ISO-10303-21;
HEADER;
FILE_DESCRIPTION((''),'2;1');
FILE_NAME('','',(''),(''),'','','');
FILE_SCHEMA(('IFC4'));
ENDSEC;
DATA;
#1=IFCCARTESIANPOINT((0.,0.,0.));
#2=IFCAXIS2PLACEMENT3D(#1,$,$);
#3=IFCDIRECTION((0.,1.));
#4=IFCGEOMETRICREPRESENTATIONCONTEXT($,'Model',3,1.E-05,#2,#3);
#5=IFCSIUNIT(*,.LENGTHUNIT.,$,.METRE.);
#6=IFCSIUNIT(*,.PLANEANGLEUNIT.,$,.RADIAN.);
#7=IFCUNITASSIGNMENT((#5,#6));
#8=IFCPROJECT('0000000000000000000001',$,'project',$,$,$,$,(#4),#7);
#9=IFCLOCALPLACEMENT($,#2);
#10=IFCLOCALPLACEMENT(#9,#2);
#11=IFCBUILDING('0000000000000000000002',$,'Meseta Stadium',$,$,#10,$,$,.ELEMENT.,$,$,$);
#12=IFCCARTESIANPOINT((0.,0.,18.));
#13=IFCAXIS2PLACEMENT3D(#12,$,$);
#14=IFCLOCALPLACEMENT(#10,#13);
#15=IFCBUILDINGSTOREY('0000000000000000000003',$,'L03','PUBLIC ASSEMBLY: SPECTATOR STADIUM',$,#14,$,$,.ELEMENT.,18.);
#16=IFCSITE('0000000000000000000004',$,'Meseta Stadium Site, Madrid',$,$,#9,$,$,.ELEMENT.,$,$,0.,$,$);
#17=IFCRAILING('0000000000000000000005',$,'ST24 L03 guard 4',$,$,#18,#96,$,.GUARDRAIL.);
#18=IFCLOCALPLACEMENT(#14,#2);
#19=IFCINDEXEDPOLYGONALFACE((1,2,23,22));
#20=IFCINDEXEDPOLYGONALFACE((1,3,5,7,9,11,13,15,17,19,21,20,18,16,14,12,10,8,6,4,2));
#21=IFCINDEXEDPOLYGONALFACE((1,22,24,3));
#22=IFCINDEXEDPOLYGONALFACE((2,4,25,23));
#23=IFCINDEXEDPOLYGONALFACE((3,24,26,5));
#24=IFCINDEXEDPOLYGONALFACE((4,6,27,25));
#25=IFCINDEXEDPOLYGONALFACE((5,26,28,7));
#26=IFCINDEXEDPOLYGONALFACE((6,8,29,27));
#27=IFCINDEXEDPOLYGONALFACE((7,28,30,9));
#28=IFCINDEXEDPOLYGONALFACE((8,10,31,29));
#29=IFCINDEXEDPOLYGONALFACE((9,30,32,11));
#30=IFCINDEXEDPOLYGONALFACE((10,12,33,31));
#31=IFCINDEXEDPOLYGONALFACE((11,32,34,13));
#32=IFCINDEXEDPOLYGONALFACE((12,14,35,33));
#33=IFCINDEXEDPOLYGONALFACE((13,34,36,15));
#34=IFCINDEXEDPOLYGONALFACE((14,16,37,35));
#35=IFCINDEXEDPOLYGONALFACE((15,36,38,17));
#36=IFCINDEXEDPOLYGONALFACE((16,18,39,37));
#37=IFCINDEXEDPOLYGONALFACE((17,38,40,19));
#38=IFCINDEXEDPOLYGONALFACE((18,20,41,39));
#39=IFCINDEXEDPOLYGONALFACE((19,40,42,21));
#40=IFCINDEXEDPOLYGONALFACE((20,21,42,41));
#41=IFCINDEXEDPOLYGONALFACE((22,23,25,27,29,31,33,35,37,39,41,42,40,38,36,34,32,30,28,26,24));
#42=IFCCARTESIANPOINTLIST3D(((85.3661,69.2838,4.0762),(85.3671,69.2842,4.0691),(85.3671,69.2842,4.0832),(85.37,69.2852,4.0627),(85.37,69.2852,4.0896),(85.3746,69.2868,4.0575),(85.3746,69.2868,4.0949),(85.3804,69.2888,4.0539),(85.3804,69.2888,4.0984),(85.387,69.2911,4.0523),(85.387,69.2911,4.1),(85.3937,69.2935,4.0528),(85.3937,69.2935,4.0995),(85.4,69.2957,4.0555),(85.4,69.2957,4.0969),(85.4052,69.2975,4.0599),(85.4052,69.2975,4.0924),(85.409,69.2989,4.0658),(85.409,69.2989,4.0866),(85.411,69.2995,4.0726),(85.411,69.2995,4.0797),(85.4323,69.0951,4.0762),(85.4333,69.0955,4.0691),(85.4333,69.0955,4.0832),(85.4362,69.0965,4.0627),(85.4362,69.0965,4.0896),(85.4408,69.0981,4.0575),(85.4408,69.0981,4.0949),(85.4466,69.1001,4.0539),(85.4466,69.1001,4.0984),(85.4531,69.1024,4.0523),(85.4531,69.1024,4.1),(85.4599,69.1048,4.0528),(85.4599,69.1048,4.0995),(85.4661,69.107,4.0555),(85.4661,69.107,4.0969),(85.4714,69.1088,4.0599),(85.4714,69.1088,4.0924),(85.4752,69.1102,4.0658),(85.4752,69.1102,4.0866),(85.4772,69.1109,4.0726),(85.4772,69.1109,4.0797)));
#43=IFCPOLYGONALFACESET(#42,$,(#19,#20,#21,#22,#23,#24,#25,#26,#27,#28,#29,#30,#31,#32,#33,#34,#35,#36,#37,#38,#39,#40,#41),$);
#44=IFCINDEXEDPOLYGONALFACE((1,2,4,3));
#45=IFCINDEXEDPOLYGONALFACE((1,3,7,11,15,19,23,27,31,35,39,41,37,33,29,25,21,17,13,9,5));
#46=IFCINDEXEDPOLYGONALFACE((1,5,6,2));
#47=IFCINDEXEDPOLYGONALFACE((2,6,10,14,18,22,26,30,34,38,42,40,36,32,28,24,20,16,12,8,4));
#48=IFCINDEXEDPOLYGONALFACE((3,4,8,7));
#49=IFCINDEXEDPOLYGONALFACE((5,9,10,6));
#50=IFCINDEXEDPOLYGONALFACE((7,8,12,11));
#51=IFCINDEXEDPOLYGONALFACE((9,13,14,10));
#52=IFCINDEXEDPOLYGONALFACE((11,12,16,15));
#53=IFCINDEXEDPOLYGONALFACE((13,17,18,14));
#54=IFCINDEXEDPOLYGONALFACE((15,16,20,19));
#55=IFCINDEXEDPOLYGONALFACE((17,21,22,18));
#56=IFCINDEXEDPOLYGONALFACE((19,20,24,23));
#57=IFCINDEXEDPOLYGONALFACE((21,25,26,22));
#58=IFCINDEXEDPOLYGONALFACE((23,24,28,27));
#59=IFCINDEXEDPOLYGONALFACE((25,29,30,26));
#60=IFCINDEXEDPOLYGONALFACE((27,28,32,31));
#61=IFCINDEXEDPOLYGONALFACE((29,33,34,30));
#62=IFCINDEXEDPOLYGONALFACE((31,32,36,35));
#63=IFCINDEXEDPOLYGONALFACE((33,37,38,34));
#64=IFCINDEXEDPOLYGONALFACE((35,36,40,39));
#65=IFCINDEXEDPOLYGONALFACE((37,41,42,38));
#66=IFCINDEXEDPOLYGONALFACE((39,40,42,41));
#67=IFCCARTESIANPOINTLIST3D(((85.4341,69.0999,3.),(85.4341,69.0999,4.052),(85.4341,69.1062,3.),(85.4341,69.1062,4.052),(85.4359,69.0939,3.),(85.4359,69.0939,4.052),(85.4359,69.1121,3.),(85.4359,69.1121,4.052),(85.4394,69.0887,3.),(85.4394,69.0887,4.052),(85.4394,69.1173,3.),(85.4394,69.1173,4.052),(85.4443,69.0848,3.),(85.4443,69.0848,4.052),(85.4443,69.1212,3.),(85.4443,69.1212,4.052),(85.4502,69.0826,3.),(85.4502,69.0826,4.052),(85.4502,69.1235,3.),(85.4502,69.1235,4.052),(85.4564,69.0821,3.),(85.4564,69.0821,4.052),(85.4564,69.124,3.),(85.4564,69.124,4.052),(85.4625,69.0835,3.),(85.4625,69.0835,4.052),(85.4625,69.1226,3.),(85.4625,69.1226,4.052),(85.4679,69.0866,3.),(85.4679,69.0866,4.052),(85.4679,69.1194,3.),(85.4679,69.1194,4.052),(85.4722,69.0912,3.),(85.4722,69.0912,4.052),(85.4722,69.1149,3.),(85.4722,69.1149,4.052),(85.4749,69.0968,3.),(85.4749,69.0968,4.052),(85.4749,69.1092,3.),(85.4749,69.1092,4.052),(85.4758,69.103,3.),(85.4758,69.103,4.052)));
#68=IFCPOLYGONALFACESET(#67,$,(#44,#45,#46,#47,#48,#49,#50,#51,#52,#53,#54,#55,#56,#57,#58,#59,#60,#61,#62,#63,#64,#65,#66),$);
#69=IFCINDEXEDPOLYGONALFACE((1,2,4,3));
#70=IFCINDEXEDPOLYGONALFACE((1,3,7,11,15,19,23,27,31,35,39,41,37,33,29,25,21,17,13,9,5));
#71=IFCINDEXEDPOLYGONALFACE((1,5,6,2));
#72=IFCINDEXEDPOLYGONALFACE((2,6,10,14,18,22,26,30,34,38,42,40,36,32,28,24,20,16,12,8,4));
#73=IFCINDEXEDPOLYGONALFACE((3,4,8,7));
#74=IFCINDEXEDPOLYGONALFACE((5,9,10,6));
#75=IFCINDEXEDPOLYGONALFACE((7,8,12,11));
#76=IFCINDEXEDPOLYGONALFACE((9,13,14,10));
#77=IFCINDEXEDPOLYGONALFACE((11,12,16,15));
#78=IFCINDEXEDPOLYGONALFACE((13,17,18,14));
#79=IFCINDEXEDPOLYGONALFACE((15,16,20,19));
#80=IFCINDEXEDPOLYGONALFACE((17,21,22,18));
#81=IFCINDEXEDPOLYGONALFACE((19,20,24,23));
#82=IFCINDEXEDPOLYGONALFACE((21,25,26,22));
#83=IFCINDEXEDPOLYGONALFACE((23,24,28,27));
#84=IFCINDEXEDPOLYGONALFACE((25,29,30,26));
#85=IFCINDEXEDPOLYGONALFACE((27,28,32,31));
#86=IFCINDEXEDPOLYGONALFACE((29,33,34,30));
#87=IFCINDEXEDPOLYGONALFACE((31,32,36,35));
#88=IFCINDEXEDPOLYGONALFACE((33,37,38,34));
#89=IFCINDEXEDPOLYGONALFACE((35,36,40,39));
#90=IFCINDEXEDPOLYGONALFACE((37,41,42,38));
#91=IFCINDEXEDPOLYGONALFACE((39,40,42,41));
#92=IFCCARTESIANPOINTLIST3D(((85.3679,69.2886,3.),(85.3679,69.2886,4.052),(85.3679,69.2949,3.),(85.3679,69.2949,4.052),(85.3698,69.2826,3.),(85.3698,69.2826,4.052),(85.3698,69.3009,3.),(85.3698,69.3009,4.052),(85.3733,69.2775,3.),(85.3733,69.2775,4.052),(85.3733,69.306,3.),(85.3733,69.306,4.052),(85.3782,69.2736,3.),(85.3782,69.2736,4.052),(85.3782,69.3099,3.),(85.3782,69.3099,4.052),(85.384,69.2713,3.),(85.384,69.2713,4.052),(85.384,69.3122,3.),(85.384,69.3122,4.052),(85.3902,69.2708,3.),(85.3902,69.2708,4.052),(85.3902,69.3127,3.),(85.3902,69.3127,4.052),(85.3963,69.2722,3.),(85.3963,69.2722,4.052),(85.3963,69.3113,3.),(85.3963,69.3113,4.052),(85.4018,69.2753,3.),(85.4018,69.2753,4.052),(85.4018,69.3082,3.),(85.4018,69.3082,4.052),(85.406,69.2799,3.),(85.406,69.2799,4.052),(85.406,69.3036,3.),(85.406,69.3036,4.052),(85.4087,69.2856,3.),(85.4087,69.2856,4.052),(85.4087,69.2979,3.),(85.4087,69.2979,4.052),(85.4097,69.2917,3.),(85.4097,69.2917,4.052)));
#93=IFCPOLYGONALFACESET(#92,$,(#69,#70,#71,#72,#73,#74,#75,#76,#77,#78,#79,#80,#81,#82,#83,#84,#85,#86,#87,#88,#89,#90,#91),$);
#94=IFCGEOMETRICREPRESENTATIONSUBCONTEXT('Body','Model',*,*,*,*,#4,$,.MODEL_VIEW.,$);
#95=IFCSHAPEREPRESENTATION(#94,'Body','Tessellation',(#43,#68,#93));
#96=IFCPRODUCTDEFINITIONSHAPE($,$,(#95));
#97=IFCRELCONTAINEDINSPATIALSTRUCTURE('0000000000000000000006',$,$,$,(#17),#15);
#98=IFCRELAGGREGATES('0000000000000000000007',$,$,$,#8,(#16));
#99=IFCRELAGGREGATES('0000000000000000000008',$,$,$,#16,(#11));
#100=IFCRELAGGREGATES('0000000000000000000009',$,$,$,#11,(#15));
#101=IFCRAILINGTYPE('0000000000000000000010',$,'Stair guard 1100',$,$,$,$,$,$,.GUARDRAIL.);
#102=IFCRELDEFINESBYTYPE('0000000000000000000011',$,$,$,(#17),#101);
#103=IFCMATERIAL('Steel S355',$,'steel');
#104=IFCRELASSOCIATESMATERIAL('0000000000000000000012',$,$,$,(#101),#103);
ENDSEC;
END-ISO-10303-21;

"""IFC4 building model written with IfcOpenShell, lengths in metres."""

from ifc_helpers import new_model, si_unit, direction, frame, origin, origin_2d, place, context, subcontext, project, spatial, circle, extrude, material, type_object, element, save


model = new_model("IFC4")

# Units and contexts
model_context = context("Model", 3, precision=1e-05, world=origin(), true_north=direction((0.0, 1.0)))
body_context = subcontext(model_context, "Body", "Model", "MODEL_VIEW")
ifc_project = project(units=[si_unit("LENGTHUNIT", "METRE"), si_unit("PLANEANGLEUNIT", "RADIAN")], contexts=[model_context])

# Site, building, storey
site_placement = place(None, origin())
site = spatial("IfcSite", under=ifc_project, at=site_placement, Name="Meseta Stadium Site, Madrid", CompositionType="ELEMENT", RefElevation=0.0)
building_placement = place(site_placement, origin())
building = spatial("IfcBuilding", under=site, at=building_placement, Name="Meseta Stadium", CompositionType="ELEMENT")
storey_placement = place(building_placement, frame((0.0, 0.0, 18.0)))
storey = spatial("IfcBuildingStorey", under=building, at=storey_placement, Name="L03", Description="PUBLIC ASSEMBLY: SPECTATOR STADIUM", CompositionType="ELEMENT", Elevation=18.0)

# Railing
ifc_material_1 = material(Name="Steel S355", Category="steel")
railing_type_1 = type_object("IfcRailingType", Name="Stair guard 1100", PredefinedType="GUARDRAIL", material=ifc_material_1)
railing_1_placement = place(storey_placement, frame((85.4548, 69.103, 3.0)))
element("IfcRailing", 1, at=railing_1_placement, inside=storey, type_object=railing_type_1, Name="ST24 L03 guard 4", PredefinedType="GUARDRAIL", context=body_context, shape_type="SweptSolid", body=[
    extrude(circle(Radius=0.0239, at=origin_2d()), frame((0.0, 0.0, 1.0762), z_axis=(-0.33084, 0.943687, 0.0), x_axis=(-0.943687, -0.33084, 0.0)), (0.0, 0.0, 1.0), 0.2),
    extrude(circle(Radius=0.021, at=origin_2d()), origin(), (0.0, 0.0, 1.0), 1.052),
    extrude(circle(Radius=0.021, at=origin_2d()), frame((-0.0662, 0.1887, 0.0)), (0.0, 0.0, 1.0), 1.052),
])

save(model, "model.ifc")
